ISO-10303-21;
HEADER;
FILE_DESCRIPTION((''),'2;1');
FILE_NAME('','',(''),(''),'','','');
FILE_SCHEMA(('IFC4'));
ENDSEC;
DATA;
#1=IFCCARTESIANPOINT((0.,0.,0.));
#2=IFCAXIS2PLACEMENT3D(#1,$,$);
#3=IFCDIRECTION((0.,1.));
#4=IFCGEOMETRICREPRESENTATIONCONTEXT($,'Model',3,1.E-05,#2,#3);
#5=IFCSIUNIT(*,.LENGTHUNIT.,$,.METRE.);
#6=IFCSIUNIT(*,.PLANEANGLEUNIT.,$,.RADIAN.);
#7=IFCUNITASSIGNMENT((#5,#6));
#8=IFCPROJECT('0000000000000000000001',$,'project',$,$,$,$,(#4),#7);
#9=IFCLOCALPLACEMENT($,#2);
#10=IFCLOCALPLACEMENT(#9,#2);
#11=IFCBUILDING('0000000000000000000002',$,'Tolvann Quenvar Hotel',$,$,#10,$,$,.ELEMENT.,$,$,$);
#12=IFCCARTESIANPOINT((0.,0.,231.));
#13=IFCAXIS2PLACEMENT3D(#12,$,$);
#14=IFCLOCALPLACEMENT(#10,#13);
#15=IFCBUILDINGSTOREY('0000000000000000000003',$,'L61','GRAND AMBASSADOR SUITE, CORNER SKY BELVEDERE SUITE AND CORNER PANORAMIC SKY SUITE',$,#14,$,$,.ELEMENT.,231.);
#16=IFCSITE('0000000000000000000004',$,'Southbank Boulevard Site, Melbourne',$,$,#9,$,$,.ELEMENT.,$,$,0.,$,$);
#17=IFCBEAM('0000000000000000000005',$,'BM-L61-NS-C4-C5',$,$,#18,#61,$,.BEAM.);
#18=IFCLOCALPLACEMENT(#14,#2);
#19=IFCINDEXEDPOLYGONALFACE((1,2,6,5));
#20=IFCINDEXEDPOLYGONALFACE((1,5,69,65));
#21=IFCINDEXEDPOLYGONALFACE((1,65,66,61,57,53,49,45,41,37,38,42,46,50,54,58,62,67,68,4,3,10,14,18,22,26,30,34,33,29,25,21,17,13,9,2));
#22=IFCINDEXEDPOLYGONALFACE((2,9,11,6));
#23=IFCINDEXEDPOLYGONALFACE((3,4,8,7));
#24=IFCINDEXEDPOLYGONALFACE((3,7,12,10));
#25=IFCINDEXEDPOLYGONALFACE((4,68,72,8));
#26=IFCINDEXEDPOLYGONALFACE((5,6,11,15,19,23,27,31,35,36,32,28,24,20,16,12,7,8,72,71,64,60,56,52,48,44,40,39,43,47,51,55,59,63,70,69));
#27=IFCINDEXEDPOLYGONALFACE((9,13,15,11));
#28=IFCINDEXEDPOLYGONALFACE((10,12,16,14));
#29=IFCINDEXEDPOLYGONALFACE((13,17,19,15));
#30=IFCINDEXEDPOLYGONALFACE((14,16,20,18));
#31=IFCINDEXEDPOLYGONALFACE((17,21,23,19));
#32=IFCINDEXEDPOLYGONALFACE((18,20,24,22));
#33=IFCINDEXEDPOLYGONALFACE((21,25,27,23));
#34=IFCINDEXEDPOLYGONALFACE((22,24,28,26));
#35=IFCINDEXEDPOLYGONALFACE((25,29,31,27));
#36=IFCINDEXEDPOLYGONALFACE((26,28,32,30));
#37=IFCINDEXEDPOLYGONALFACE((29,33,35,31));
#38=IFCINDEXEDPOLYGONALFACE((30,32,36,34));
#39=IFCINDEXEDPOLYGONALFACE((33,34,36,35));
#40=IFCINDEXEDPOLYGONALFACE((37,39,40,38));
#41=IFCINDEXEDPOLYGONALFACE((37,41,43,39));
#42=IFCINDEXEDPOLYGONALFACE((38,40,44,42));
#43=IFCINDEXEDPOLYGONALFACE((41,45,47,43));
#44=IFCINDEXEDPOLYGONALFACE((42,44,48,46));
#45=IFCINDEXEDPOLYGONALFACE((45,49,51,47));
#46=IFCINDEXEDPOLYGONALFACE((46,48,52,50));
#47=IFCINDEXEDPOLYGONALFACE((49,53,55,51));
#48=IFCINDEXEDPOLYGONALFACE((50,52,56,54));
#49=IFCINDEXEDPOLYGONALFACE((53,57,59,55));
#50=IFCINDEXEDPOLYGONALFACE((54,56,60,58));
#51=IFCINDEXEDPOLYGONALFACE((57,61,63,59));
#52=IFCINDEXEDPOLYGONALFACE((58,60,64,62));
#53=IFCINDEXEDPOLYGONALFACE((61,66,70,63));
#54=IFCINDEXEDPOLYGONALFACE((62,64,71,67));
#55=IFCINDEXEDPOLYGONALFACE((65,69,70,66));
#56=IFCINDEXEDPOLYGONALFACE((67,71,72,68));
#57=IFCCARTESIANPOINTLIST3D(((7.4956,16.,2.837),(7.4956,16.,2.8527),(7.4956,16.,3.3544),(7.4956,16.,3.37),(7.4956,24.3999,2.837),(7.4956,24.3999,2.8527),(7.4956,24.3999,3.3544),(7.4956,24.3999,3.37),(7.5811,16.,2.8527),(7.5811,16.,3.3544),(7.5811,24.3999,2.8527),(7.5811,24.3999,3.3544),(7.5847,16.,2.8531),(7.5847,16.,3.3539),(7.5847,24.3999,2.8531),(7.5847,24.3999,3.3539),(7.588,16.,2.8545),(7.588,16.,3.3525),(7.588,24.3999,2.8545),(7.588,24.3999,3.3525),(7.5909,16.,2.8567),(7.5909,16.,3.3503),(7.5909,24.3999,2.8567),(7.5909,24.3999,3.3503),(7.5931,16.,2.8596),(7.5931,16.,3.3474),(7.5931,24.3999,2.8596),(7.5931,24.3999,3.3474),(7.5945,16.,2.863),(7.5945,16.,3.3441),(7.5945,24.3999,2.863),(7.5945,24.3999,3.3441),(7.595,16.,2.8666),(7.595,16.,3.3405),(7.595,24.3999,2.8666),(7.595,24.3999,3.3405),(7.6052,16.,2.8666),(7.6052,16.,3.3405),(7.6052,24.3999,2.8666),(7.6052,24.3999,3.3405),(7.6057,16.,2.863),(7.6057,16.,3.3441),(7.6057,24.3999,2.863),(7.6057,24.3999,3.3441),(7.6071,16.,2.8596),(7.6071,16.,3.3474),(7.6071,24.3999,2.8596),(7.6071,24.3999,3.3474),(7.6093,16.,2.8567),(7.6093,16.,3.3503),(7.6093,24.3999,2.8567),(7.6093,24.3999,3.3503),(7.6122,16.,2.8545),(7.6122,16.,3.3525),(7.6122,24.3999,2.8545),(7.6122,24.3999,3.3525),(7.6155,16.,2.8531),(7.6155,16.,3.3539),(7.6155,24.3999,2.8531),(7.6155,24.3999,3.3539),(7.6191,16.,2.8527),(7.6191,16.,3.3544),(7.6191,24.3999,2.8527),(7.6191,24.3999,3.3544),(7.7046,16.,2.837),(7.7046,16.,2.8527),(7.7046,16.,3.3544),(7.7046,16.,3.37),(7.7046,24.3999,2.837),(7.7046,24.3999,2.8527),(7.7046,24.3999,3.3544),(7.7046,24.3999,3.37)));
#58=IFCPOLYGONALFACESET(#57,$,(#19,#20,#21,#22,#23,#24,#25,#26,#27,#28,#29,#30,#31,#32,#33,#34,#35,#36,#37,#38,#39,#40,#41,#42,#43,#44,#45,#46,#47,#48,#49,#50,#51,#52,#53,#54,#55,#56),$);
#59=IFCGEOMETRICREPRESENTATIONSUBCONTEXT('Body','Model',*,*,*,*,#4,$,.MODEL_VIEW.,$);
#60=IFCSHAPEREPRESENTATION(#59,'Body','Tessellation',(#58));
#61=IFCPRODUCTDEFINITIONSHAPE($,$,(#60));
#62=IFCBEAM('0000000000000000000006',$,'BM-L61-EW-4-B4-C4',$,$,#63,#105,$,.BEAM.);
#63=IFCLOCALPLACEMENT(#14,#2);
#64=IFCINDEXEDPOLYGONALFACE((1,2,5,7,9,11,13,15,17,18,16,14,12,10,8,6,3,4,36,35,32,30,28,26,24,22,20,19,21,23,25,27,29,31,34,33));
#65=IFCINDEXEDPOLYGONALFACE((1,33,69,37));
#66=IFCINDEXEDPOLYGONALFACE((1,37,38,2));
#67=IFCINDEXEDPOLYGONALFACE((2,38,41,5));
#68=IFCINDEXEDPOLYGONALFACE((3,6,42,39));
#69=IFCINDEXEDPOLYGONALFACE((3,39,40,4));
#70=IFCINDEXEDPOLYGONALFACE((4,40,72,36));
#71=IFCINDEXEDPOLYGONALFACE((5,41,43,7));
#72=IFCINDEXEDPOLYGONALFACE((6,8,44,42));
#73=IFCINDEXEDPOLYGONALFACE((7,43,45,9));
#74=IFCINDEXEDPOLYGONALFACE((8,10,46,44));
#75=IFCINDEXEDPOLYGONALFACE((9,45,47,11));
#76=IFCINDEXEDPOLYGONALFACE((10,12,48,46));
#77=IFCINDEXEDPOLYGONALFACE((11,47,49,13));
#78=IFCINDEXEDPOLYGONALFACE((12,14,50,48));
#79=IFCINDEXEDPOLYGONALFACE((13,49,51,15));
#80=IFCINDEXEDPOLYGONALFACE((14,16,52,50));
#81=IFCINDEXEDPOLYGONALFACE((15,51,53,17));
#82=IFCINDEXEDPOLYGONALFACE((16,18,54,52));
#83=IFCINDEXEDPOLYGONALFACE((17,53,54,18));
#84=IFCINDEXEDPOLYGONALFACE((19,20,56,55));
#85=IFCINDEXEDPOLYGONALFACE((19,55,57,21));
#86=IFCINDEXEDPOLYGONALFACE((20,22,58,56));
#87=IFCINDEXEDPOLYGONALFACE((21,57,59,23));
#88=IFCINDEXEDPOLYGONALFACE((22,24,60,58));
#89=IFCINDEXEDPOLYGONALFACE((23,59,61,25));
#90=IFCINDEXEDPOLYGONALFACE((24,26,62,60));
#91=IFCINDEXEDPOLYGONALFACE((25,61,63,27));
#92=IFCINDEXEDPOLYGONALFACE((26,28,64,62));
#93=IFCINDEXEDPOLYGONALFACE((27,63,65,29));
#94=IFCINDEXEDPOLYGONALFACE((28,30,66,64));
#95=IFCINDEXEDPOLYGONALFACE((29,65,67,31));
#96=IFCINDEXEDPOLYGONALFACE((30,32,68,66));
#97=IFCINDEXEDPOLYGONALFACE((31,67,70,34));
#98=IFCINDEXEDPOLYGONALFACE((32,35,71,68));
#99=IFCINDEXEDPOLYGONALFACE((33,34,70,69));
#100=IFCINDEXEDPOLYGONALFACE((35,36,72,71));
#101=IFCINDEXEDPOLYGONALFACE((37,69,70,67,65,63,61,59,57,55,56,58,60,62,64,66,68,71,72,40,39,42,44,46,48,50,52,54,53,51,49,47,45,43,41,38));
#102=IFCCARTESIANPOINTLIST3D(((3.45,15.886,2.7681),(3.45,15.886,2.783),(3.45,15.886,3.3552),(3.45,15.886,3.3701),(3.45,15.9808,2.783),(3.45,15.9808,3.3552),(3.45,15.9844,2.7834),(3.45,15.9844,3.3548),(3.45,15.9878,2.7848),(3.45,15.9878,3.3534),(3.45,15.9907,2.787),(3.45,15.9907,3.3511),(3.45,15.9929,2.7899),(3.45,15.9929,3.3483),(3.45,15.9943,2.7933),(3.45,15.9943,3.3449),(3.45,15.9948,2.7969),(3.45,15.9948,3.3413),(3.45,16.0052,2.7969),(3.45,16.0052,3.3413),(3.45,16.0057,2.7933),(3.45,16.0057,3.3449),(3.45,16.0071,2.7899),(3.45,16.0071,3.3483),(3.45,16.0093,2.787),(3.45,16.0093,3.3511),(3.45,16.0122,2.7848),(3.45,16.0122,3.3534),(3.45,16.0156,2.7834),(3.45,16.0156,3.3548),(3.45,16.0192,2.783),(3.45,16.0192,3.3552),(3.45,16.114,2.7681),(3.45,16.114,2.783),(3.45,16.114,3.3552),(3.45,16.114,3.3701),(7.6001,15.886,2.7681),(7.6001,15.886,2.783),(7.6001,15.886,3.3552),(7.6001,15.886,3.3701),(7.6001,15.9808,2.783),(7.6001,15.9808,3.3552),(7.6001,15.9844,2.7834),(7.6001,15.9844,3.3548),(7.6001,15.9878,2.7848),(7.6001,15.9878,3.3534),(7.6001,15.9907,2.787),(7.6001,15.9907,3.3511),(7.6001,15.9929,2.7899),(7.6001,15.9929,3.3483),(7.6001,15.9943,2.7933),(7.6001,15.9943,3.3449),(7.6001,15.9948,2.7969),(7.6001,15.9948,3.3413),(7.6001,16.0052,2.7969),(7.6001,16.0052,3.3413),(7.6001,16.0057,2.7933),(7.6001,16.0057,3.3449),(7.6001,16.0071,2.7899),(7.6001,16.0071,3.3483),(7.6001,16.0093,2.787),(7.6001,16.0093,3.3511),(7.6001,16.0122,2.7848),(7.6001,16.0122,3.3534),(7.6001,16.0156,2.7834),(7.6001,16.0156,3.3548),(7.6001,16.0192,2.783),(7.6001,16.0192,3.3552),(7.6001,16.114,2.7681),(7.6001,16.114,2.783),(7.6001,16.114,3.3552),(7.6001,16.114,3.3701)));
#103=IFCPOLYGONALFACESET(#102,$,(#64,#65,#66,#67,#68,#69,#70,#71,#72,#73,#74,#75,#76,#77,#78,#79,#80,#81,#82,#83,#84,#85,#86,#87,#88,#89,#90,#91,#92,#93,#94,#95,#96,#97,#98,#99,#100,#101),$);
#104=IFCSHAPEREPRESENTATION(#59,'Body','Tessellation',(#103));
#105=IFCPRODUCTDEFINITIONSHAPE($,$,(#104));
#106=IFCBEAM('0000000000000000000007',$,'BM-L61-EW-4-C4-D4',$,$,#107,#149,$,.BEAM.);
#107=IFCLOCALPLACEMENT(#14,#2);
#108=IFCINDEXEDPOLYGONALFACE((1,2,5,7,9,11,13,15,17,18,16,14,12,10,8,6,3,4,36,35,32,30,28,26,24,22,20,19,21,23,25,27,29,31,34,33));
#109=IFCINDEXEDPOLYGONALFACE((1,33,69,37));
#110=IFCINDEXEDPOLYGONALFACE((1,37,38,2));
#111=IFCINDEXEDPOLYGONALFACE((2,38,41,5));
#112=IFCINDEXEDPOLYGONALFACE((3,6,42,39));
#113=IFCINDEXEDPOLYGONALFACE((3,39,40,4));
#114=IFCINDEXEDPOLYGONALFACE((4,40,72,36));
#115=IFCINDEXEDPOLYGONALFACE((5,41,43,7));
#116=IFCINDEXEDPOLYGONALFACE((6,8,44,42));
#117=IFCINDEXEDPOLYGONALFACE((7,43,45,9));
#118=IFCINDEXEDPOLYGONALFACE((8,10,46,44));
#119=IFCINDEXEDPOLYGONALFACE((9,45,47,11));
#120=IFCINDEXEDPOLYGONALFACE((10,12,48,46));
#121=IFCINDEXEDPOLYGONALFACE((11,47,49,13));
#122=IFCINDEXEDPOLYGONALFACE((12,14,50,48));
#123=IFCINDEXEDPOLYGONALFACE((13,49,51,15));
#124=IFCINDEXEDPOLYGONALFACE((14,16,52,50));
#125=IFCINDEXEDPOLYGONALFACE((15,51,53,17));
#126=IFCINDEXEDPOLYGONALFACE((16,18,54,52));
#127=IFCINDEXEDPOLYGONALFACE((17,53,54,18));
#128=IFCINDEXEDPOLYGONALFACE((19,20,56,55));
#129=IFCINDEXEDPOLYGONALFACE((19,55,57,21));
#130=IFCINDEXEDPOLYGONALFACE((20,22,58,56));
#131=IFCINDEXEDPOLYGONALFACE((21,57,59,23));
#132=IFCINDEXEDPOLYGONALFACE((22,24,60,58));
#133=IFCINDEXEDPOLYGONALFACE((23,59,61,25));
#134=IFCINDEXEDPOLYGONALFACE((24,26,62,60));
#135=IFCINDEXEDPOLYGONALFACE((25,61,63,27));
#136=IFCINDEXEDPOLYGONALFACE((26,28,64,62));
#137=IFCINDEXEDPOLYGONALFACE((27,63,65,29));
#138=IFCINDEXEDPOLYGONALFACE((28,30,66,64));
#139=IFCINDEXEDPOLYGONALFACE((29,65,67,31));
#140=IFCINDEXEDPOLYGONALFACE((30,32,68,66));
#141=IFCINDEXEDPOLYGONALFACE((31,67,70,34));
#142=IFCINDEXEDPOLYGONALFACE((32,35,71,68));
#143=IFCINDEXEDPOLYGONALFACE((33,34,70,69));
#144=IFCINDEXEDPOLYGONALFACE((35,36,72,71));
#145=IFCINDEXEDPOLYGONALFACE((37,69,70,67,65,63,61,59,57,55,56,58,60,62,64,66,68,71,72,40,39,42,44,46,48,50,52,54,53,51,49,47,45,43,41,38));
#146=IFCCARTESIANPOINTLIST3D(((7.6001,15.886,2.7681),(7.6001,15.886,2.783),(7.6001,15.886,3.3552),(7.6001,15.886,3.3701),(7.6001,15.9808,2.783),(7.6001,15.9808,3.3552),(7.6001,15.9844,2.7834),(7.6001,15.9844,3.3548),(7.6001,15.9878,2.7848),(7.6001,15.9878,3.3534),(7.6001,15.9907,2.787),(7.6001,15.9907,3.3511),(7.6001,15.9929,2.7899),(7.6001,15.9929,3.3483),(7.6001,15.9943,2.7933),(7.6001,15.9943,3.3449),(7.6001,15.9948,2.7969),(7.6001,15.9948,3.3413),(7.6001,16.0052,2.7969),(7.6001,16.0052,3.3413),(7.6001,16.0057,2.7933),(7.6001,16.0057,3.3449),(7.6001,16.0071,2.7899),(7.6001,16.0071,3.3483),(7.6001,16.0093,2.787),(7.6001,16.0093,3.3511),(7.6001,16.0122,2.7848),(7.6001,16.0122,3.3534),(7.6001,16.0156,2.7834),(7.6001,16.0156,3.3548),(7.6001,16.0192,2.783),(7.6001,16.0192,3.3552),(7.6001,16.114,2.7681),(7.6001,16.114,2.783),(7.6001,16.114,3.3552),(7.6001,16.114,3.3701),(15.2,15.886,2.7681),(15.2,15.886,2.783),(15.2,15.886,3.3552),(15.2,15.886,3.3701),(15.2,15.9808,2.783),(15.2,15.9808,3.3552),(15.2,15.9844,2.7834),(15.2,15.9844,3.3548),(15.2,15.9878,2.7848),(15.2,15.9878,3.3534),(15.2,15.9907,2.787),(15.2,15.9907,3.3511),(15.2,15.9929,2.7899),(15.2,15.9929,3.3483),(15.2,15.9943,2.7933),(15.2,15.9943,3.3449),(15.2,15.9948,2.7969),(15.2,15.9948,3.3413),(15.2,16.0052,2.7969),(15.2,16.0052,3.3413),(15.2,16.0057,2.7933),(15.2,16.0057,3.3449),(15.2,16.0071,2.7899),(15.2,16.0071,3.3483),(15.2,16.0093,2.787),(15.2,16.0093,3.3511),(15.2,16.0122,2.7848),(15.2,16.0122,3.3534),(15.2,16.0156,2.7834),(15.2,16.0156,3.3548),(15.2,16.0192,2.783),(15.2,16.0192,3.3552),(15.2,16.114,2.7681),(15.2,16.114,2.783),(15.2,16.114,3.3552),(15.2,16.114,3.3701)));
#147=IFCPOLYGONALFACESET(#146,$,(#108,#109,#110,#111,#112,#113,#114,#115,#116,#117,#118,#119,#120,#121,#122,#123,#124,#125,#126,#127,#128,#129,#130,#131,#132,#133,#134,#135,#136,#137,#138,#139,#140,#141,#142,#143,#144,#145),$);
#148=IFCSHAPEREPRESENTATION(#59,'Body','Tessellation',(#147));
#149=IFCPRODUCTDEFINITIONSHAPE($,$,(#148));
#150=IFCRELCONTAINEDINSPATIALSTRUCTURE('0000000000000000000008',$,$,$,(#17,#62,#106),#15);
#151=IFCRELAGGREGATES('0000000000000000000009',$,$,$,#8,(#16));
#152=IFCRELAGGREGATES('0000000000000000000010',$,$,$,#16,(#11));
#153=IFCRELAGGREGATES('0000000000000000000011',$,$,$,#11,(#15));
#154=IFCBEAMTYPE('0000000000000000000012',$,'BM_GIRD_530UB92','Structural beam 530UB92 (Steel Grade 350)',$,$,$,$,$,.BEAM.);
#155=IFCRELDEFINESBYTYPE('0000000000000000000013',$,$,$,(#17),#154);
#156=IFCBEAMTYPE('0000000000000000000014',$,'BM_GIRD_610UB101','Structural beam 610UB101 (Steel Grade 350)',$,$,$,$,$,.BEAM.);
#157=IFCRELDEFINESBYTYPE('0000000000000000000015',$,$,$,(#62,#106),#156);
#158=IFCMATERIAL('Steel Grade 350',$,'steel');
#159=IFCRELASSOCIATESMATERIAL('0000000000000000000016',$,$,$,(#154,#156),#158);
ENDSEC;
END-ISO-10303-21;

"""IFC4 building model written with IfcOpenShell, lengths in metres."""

from ifc_helpers import new_model, si_unit, direction, frame, origin, origin_2d, place, context, subcontext, project, spatial, i_section, extrude, source, transform, mapped, material, material_profile, profile_set, type_object, type_shapes, element, save


model = new_model("IFC4")

# Units and contexts
model_context = context("Model", 3, precision=1e-05, world=origin(), true_north=direction((0.0, 1.0)))
body_context = subcontext(model_context, "Body", "Model", "MODEL_VIEW")
ifc_project = project(units=[si_unit("LENGTHUNIT", "METRE"), si_unit("PLANEANGLEUNIT", "RADIAN")], contexts=[model_context])

# Site, building, storey
site_placement = place(None, origin())
site = spatial("IfcSite", under=ifc_project, at=site_placement, Name="Southbank Boulevard Site, Melbourne", CompositionType="ELEMENT", RefElevation=0.0)
building_placement = place(site_placement, origin())
building = spatial("IfcBuilding", under=site, at=building_placement, Name="Tolvann Quenvar Hotel", CompositionType="ELEMENT")
storey_placement = place(building_placement, frame((0.0, 0.0, 231.0)))
storey = spatial("IfcBuildingStorey", under=building, at=storey_placement, Name="L61", Description="GRAND AMBASSADOR SUITE, CORNER SKY BELVEDERE SUITE AND CORNER PANORAMIC SKY SUITE", CompositionType="ELEMENT", Elevation=231.0)

# Shared definitions
ifc_material_1 = material(Name="Steel Grade 350", Category="steel")

# Beams
ifc_material_profile_1 = material_profile(ifc_material_1, i_section(OverallWidth=0.209, OverallDepth=0.533, WebThickness=0.0103, FlangeThickness=0.0156, FilletRadius=0.0139, at=origin_2d()), Name="530UB92")
ifc_profile_set_1 = profile_set([ifc_material_profile_1], Name="Steel Grade 350")
beam_type_1 = type_object("IfcBeamType", Name="BM_GIRD_530UB92", Description="Structural beam 530UB92 (Steel Grade 350)", PredefinedType="BEAM", material=ifc_profile_set_1)
shared_shape_1 = source(origin(), body_context, "Body", "SweptSolid", [
    extrude(i_section(OverallWidth=0.209, OverallDepth=0.533, WebThickness=0.0103, FlangeThickness=0.0156, FilletRadius=0.0139, at=origin_2d()), origin(), (0.0, 0.0, 1.0), 8.3999),
])
type_shapes(beam_type_1, [shared_shape_1])
beam_1_placement = place(storey_placement, frame((7.6001, 16.0, 3.1035), z_axis=(0.0, 1.0, 0.0), x_axis=(-1.0, 0.0, 0.0)))
element("IfcBeam", 1, at=beam_1_placement, inside=storey, type_object=beam_type_1, Name="BM-L61-NS-C4-C5", PredefinedType="BEAM", context=body_context, shape_type="MappedRepresentation", body=[
    mapped(shared_shape_1, transform((0.0, 0.0, 0.0), x_axis=(1.0, 0.0, 0.0), y_axis=(0.0, 1.0, 0.0), z_axis=(0.0, 0.0, 1.0), scale=1.0)),
])
ifc_material_profile_2 = material_profile(ifc_material_1, i_section(OverallWidth=0.228, OverallDepth=0.6021, WebThickness=0.0105, FlangeThickness=0.0149, FilletRadius=0.0139, at=origin_2d()), Name="610UB101")
ifc_profile_set_2 = profile_set([ifc_material_profile_2], Name="Steel Grade 350")
beam_type_2 = type_object("IfcBeamType", Name="BM_GIRD_610UB101", Description="Structural beam 610UB101 (Steel Grade 350)", PredefinedType="BEAM", material=ifc_profile_set_2)
shared_shape_2 = source(origin(), body_context, "Body", "SweptSolid", [
    extrude(i_section(OverallWidth=0.228, OverallDepth=0.6021, WebThickness=0.0105, FlangeThickness=0.0149, FilletRadius=0.0139, at=origin_2d()), origin(), (0.0, 0.0, 1.0), 4.1501),
])
beam_2_placement = place(storey_placement, frame((3.45, 16.0, 3.0691), z_axis=(1.0, 0.0, 0.0), x_axis=(0.0, 1.0, 0.0)))
element("IfcBeam", 2, at=beam_2_placement, inside=storey, type_object=beam_type_2, Name="BM-L61-EW-4-B4-C4", PredefinedType="BEAM", context=body_context, shape_type="MappedRepresentation", body=[
    mapped(shared_shape_2, transform((0.0, 0.0, 0.0), x_axis=(1.0, 0.0, 0.0), y_axis=(0.0, 1.0, 0.0), z_axis=(0.0, 0.0, 1.0), scale=1.0)),
])
shared_shape_3 = source(origin(), body_context, "Body", "SweptSolid", [
    extrude(i_section(OverallWidth=0.228, OverallDepth=0.6021, WebThickness=0.0105, FlangeThickness=0.0149, FilletRadius=0.0139, at=origin_2d()), origin(), (0.0, 0.0, 1.0), 7.5999),
])
beam_3_placement = place(storey_placement, frame((7.6001, 16.0, 3.0691), z_axis=(1.0, 0.0, 0.0), x_axis=(0.0, 1.0, 0.0)))
element("IfcBeam", 3, at=beam_3_placement, inside=storey, type_object=beam_type_2, Name="BM-L61-EW-4-C4-D4", PredefinedType="BEAM", context=body_context, shape_type="MappedRepresentation", body=[
    mapped(shared_shape_3, transform((0.0, 0.0, 0.0), x_axis=(1.0, 0.0, 0.0), y_axis=(0.0, 1.0, 0.0), z_axis=(0.0, 0.0, 1.0), scale=1.0)),
])

save(model, "model.ifc")
